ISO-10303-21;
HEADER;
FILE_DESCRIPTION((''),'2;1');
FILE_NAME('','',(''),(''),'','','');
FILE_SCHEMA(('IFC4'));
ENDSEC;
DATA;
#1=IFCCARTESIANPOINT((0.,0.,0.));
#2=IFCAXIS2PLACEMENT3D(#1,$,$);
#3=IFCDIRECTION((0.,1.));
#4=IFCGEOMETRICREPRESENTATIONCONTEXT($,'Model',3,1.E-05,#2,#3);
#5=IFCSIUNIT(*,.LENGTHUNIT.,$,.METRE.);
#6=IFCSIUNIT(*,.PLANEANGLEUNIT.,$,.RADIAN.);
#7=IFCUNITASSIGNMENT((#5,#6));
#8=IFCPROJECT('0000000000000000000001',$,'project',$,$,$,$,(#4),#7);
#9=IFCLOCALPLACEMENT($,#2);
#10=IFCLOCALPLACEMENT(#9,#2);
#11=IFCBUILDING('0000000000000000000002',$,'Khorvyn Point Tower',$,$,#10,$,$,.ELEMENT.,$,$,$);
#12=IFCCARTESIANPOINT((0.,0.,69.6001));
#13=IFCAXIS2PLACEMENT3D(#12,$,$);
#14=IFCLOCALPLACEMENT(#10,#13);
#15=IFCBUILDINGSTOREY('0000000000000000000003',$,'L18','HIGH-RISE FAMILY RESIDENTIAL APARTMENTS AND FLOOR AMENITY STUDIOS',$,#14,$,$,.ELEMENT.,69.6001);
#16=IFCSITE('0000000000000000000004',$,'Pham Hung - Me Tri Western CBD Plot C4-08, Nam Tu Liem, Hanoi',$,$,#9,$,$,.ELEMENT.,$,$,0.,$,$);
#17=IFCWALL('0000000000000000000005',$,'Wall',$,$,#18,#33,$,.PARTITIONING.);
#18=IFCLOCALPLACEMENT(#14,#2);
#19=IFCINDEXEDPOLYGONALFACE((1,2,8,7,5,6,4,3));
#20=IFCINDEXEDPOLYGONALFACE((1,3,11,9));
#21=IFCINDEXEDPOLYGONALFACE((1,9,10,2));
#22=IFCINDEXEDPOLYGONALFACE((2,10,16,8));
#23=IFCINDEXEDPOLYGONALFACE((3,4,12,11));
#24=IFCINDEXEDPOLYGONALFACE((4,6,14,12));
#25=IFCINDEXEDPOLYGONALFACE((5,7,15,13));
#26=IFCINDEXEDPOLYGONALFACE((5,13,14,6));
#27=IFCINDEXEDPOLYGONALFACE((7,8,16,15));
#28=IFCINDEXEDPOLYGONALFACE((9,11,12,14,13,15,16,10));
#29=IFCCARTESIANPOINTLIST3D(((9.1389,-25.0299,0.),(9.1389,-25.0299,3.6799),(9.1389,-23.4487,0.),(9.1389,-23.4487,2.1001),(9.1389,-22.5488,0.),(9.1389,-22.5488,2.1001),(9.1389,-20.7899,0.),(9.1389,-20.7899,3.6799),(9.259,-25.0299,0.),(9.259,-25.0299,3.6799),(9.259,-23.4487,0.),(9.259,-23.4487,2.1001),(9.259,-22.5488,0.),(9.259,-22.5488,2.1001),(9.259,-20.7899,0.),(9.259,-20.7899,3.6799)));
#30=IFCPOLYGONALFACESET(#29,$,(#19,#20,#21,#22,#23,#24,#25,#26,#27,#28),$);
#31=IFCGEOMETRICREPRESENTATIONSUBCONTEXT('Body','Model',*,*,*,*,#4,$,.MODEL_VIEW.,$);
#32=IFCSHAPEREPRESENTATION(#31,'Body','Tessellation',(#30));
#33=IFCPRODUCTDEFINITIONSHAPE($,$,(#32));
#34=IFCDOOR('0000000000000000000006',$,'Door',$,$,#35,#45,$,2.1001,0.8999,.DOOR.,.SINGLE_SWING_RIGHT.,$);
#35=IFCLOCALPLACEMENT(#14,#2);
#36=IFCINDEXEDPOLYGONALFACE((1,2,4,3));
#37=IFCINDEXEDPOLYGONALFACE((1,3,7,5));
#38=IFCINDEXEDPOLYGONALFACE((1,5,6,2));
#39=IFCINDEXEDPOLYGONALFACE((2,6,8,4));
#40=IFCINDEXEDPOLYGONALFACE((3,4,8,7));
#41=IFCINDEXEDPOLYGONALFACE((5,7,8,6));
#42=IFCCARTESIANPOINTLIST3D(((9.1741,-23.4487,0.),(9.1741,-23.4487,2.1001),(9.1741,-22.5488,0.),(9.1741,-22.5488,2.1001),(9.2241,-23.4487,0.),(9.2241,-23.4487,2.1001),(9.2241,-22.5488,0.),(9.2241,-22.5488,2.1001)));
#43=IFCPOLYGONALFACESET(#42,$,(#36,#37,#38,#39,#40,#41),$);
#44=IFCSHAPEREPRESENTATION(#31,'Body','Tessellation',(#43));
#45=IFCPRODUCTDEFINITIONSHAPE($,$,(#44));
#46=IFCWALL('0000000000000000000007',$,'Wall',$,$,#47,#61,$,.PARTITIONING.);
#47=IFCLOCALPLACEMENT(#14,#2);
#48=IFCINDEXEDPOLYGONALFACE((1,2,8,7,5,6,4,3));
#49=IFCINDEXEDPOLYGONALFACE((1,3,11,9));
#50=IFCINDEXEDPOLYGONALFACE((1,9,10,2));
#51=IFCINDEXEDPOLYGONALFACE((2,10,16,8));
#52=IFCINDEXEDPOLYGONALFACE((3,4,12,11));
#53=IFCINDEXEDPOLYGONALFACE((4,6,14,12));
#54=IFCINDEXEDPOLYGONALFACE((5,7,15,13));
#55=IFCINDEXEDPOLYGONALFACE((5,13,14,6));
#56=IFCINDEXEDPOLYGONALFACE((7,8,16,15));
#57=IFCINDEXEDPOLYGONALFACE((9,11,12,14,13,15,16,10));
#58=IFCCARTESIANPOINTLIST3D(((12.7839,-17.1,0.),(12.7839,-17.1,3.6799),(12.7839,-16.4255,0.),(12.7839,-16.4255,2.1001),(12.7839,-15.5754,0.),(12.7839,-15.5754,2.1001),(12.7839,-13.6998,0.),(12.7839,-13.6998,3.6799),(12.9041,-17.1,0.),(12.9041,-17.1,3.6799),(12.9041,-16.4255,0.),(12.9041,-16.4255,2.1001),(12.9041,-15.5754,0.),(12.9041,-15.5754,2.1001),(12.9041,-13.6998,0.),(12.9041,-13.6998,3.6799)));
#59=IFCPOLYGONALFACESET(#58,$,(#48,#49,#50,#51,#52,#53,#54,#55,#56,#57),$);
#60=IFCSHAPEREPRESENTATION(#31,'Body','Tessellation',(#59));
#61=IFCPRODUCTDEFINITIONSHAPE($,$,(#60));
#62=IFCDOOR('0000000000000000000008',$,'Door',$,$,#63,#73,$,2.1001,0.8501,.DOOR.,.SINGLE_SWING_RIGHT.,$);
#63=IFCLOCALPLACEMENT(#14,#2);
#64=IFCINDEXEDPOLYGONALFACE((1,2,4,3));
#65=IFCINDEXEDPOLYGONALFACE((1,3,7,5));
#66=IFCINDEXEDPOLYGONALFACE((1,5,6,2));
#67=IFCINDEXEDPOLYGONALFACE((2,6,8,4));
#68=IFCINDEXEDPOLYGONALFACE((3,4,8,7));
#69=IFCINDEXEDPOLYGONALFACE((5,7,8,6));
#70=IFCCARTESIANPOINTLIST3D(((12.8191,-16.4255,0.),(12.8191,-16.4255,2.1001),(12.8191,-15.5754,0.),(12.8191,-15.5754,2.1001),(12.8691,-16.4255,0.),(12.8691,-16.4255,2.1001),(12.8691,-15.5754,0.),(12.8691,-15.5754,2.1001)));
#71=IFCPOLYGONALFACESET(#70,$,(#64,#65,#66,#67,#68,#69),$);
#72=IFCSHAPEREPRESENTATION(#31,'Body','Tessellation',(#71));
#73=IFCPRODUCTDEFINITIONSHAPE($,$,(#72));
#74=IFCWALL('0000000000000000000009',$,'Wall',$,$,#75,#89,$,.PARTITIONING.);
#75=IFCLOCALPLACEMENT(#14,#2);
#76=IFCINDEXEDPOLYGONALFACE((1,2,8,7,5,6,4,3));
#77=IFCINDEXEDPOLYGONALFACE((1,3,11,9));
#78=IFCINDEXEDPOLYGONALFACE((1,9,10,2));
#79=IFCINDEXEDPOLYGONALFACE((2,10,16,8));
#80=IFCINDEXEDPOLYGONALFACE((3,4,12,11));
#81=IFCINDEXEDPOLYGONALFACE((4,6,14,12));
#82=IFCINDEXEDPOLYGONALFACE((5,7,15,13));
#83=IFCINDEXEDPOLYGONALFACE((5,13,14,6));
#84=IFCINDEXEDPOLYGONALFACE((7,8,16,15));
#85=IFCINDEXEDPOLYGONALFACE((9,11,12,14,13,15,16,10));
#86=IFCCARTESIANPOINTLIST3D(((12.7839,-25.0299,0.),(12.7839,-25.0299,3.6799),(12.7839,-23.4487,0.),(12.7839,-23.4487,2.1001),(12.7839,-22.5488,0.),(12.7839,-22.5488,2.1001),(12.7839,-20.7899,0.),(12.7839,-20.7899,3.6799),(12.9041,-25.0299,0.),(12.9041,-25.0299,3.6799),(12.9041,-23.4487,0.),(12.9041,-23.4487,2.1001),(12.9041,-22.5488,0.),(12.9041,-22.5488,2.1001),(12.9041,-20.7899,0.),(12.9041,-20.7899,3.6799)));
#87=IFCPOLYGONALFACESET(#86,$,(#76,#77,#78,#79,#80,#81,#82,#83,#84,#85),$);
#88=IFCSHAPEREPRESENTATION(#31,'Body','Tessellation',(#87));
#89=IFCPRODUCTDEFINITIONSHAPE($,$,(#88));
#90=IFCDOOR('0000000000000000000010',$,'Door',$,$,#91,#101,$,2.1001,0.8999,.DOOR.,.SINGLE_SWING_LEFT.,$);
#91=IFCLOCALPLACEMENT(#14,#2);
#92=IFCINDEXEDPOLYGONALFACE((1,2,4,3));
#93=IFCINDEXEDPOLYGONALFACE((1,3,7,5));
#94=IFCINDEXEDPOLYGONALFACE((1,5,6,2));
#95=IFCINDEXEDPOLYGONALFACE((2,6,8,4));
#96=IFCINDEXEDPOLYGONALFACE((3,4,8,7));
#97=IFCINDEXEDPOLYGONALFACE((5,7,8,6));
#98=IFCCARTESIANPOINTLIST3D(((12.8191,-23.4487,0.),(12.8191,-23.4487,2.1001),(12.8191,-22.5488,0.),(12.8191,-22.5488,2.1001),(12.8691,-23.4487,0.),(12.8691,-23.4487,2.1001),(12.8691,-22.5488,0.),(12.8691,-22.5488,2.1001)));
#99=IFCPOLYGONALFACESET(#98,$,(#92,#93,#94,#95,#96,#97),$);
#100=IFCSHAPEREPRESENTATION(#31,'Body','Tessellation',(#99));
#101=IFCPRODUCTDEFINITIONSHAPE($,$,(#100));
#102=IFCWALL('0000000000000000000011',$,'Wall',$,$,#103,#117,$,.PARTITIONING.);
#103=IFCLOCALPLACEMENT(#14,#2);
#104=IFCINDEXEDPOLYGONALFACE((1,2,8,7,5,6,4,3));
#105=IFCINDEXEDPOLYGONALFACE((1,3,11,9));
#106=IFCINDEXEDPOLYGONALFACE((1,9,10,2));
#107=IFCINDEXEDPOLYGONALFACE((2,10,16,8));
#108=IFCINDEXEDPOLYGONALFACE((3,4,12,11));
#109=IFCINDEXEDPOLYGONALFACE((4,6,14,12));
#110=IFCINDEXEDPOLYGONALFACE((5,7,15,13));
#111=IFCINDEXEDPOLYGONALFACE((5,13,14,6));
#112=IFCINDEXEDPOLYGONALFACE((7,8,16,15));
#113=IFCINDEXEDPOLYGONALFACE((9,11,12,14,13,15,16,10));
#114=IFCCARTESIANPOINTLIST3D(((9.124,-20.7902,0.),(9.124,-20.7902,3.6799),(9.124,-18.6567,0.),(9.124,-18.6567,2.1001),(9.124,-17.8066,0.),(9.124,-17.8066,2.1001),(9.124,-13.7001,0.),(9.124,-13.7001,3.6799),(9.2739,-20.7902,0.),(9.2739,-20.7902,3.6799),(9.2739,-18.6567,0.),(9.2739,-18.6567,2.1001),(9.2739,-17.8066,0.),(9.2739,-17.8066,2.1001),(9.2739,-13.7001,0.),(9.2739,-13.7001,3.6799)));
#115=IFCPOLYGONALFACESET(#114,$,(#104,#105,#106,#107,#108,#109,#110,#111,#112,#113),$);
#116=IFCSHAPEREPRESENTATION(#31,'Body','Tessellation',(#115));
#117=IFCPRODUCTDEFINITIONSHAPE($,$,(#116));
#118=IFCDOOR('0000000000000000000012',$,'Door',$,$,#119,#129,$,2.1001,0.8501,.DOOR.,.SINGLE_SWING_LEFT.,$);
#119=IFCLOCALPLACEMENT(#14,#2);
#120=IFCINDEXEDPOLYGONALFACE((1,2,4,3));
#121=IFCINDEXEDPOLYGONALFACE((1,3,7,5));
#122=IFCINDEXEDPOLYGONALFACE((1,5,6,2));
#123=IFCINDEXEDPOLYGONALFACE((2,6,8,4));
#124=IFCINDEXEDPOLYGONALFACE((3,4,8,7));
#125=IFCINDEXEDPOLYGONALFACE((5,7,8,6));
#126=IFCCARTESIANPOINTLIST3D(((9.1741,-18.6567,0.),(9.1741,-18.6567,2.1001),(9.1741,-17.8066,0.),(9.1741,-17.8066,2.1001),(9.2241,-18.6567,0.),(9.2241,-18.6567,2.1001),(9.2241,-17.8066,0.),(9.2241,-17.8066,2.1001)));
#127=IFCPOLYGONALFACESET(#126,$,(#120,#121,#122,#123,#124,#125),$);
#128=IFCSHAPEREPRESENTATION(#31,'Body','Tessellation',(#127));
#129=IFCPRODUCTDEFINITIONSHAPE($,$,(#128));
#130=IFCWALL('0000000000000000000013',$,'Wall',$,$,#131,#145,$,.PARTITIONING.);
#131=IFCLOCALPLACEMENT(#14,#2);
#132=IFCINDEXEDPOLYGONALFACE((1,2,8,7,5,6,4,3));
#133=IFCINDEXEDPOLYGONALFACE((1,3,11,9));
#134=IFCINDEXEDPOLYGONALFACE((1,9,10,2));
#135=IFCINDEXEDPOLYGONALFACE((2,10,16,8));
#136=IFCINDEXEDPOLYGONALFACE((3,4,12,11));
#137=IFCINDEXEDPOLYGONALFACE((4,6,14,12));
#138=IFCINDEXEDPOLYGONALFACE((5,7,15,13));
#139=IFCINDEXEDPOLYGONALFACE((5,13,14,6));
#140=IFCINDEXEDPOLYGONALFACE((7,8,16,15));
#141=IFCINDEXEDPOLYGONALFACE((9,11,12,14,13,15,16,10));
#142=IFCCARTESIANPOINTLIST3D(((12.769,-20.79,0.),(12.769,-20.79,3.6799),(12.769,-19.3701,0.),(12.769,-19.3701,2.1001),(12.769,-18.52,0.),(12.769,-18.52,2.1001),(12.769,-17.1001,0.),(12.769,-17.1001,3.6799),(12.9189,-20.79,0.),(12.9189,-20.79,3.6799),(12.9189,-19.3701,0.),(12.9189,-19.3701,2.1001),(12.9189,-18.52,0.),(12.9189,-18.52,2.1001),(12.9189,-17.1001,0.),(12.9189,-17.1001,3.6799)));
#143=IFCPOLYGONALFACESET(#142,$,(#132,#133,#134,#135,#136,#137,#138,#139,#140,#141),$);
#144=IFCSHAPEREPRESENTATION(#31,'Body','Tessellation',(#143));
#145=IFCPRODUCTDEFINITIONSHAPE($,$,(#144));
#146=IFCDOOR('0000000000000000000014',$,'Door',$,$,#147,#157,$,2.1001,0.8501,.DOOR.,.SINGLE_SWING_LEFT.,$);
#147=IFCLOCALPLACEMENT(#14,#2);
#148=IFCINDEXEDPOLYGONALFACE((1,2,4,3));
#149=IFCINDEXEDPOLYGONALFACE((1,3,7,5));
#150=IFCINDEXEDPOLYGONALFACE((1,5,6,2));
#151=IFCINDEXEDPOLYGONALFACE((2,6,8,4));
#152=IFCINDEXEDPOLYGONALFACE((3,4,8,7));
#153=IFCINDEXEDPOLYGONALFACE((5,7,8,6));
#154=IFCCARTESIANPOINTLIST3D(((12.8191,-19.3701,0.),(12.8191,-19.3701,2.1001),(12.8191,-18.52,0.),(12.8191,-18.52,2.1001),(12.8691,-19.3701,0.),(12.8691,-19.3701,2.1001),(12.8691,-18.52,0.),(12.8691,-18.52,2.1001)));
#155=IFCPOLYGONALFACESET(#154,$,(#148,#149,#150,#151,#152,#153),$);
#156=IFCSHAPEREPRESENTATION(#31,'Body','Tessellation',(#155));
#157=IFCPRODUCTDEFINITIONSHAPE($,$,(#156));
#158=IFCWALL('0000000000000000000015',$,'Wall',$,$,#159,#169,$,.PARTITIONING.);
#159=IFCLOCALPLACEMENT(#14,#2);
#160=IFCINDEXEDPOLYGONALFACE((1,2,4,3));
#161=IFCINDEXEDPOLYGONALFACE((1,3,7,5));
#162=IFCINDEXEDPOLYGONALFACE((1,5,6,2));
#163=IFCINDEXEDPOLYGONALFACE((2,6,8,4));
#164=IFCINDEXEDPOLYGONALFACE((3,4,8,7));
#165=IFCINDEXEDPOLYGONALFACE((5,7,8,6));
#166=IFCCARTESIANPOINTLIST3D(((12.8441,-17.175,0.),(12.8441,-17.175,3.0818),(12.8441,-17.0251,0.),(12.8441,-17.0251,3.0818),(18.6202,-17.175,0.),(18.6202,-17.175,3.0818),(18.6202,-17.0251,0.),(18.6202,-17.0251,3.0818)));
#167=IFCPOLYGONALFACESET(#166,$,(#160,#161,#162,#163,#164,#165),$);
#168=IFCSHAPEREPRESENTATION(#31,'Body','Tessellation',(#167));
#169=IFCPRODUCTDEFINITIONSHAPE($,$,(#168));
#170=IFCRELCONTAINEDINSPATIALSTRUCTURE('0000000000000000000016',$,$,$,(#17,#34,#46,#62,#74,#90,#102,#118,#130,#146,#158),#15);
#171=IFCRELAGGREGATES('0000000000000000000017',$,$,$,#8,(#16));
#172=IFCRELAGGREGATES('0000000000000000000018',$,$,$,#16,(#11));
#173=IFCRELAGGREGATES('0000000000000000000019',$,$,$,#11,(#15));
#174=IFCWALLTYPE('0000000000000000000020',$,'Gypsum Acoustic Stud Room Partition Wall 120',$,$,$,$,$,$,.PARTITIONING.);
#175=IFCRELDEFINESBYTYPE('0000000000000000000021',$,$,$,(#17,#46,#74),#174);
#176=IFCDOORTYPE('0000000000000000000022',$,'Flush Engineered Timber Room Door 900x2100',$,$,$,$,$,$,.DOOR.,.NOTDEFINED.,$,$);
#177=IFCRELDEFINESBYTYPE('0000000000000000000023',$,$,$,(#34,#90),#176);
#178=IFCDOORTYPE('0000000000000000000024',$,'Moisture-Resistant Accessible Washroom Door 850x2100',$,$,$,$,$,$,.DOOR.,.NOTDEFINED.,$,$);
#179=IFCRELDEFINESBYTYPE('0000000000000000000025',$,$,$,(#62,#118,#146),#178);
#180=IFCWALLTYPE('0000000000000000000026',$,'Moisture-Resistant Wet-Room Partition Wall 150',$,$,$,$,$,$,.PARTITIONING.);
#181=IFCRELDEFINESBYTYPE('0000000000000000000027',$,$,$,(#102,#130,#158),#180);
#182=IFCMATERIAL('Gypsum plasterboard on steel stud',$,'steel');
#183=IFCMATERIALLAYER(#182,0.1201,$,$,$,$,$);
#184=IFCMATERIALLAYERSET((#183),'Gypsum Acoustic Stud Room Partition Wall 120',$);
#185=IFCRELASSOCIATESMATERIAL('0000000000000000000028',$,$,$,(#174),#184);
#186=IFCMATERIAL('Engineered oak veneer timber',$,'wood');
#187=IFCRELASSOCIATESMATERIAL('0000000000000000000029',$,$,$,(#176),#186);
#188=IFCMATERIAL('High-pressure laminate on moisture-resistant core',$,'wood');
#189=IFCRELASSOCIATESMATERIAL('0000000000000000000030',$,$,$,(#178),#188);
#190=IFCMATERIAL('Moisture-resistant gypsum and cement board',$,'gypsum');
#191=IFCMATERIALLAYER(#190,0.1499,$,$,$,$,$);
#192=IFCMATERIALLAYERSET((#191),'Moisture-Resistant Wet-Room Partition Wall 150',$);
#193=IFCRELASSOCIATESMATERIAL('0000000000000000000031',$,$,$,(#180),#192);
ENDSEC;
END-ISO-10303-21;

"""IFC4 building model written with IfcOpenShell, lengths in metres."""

from ifc_helpers import new_model, si_unit, direction, frame, frame_2d, origin, place, context, subcontext, project, spatial, rectangle, extrude, material, layer, layer_set, type_object, element, fill, save


model = new_model("IFC4")

# Units and contexts
model_context = context("Model", 3, precision=1e-05, world=origin(), true_north=direction((0.0, 1.0)))
body_context = subcontext(model_context, "Body", "Model", "MODEL_VIEW")
ifc_project = project(units=[si_unit("LENGTHUNIT", "METRE"), si_unit("PLANEANGLEUNIT", "RADIAN")], contexts=[model_context])

# Site, building, storey
site_placement = place(None, origin())
site = spatial("IfcSite", under=ifc_project, at=site_placement, Name="Pham Hung - Me Tri Western CBD Plot C4-08, Nam Tu Liem, Hanoi", CompositionType="ELEMENT", RefElevation=0.0)
building_placement = place(site_placement, origin())
building = spatial("IfcBuilding", under=site, at=building_placement, Name="Khorvyn Point Tower", CompositionType="ELEMENT")
storey_placement = place(building_placement, frame((0.0, 0.0, 69.6001)))
storey = spatial("IfcBuildingStorey", under=building, at=storey_placement, Name="L18", Description="HIGH-RISE FAMILY RESIDENTIAL APARTMENTS AND FLOOR AMENITY STUDIOS", CompositionType="ELEMENT", Elevation=69.6001)

# Walls, openings, doors
ifc_material_1 = material(Name="Gypsum plasterboard on steel stud", Category="steel")
ifc_layer_1 = layer(ifc_material_1, 0.1201)
ifc_layer_set_1 = layer_set([ifc_layer_1], Name="Gypsum Acoustic Stud Room Partition Wall 120")
wall_type_1 = type_object("IfcWallType", Name="Gypsum Acoustic Stud Room Partition Wall 120", PredefinedType="PARTITIONING", material=ifc_layer_set_1)
wall_1_placement = place(storey_placement, frame((9.199, -25.03, 0.0), z_axis=(0.0, 0.0, 1.0), x_axis=(0.0, 1.0, 0.0)))
wall_1 = element("IfcWall", 1, at=wall_1_placement, inside=storey, type_object=wall_type_1, Name="Wall", PredefinedType="PARTITIONING", context=body_context, shape_type="SweptSolid", body=[
    extrude(rectangle(XDim=4.24, YDim=0.1201, at=frame_2d((2.1201, 0.0))), origin(), (0.0, 0.0, 1.0), 3.6799),
])
opening_1_placement = place(wall_1_placement, frame((1.5813, 0.0, 0.0)))
opening_1 = element("IfcOpeningElement", 2, at=opening_1_placement, cuts=wall_1, PredefinedType="OPENING", context=body_context, shape_type="SweptSolid", body=[
    extrude(rectangle(XDim=0.8999, YDim=2.1001, at=frame_2d((0.45, 1.05))), frame((0.0, 0.0701, 0.0), z_axis=(0.0, -1.0, 0.0), x_axis=(1.0, 0.0, 0.0)), (0.0, 0.0, 1.0), 0.1401),
])
ifc_material_2 = material(Name="Engineered oak veneer timber", Category="wood")
door_type_1 = type_object("IfcDoorType", Name="Flush Engineered Timber Room Door 900x2100", OperationType="NOTDEFINED", PredefinedType="DOOR", material=ifc_material_2)
door_1_placement = place(opening_1_placement, origin())
door_1 = element("IfcDoor", 3, at=door_1_placement, inside=storey, type_object=door_type_1, Name="Door", OperationType="SINGLE_SWING_RIGHT", OverallHeight=2.1001, OverallWidth=0.8999, PredefinedType="DOOR", context=body_context, shape_type="SweptSolid", body=[
    extrude(rectangle(XDim=0.8999, YDim=2.1001, at=frame_2d((0.45, 1.05))), frame((0.0, 0.0249, 0.0), z_axis=(0.0, -1.0, 0.0), x_axis=(1.0, 0.0, 0.0)), (0.0, 0.0, 1.0), 0.05),
])
fill(opening_1, door_1)
wall_2_placement = place(storey_placement, frame((12.844, -17.1001, 0.0), z_axis=(0.0, 0.0, 1.0), x_axis=(0.0, 1.0, 0.0)))
wall_2 = element("IfcWall", 4, at=wall_2_placement, inside=storey, type_object=wall_type_1, Name="Wall", PredefinedType="PARTITIONING", context=body_context, shape_type="SweptSolid", body=[
    extrude(rectangle(XDim=3.4001, YDim=0.1201, at=frame_2d((1.7002, 0.0))), origin(), (0.0, 0.0, 1.0), 3.6799),
])
opening_2_placement = place(wall_2_placement, frame((0.6746, 0.0, 0.0)))
opening_2 = element("IfcOpeningElement", 5, at=opening_2_placement, cuts=wall_2, PredefinedType="OPENING", context=body_context, shape_type="SweptSolid", body=[
    extrude(rectangle(XDim=0.8501, YDim=2.1001, at=frame_2d((0.425, 1.05))), frame((0.0, 0.0701, 0.0), z_axis=(0.0, -1.0, 0.0), x_axis=(1.0, 0.0, 0.0)), (0.0, 0.0, 1.0), 0.1401),
])
ifc_material_3 = material(Name="High-pressure laminate on moisture-resistant core", Category="wood")
door_type_2 = type_object("IfcDoorType", Name="Moisture-Resistant Accessible Washroom Door 850x2100", OperationType="NOTDEFINED", PredefinedType="DOOR", material=ifc_material_3)
door_2_placement = place(opening_2_placement, origin())
door_2 = element("IfcDoor", 6, at=door_2_placement, inside=storey, type_object=door_type_2, Name="Door", OperationType="SINGLE_SWING_RIGHT", OverallHeight=2.1001, OverallWidth=0.8501, PredefinedType="DOOR", context=body_context, shape_type="SweptSolid", body=[
    extrude(rectangle(XDim=0.8501, YDim=2.1001, at=frame_2d((0.425, 1.05))), frame((0.0, 0.0249, 0.0), z_axis=(0.0, -1.0, 0.0), x_axis=(1.0, 0.0, 0.0)), (0.0, 0.0, 1.0), 0.05),
])
fill(opening_2, door_2)
wall_3_placement = place(storey_placement, frame((12.844, -25.03, 0.0), z_axis=(0.0, 0.0, 1.0), x_axis=(0.0, 1.0, 0.0)))
wall_3 = element("IfcWall", 7, at=wall_3_placement, inside=storey, type_object=wall_type_1, Name="Wall", PredefinedType="PARTITIONING", context=body_context, shape_type="SweptSolid", body=[
    extrude(rectangle(XDim=4.24, YDim=0.1201, at=frame_2d((2.1201, 0.0))), origin(), (0.0, 0.0, 1.0), 3.6799),
])
opening_3_placement = place(wall_3_placement, frame((1.5813, 0.0, 0.0)))
opening_3 = element("IfcOpeningElement", 8, at=opening_3_placement, cuts=wall_3, PredefinedType="OPENING", context=body_context, shape_type="SweptSolid", body=[
    extrude(rectangle(XDim=0.8999, YDim=2.1001, at=frame_2d((0.45, 1.05))), frame((0.0, 0.0701, 0.0), z_axis=(0.0, -1.0, 0.0), x_axis=(1.0, 0.0, 0.0)), (0.0, 0.0, 1.0), 0.1401),
])
door_3_placement = place(opening_3_placement, origin())
door_3 = element("IfcDoor", 9, at=door_3_placement, inside=storey, type_object=door_type_1, Name="Door", OperationType="SINGLE_SWING_LEFT", OverallHeight=2.1001, OverallWidth=0.8999, PredefinedType="DOOR", context=body_context, shape_type="SweptSolid", body=[
    extrude(rectangle(XDim=0.8999, YDim=2.1001, at=frame_2d((0.45, 1.05))), frame((0.0, 0.0249, 0.0), z_axis=(0.0, -1.0, 0.0), x_axis=(1.0, 0.0, 0.0)), (0.0, 0.0, 1.0), 0.05),
])
fill(opening_3, door_3)
ifc_material_4 = material(Name="Moisture-resistant gypsum and cement board", Category="gypsum")
ifc_layer_2 = layer(ifc_material_4, 0.1499)
ifc_layer_set_2 = layer_set([ifc_layer_2], Name="Moisture-Resistant Wet-Room Partition Wall 150")
wall_type_2 = type_object("IfcWallType", Name="Moisture-Resistant Wet-Room Partition Wall 150", PredefinedType="PARTITIONING", material=ifc_layer_set_2)
wall_4_placement = place(storey_placement, frame((9.199, -20.79, 0.0), z_axis=(0.0, 0.0, 1.0), x_axis=(0.0, 1.0, 0.0)))
wall_4 = element("IfcWall", 10, at=wall_4_placement, inside=storey, type_object=wall_type_2, Name="Wall", PredefinedType="PARTITIONING", context=body_context, shape_type="SweptSolid", body=[
    extrude(rectangle(XDim=7.0901, YDim=0.1499, at=frame_2d((3.5449, 0.0))), origin(), (0.0, 0.0, 1.0), 3.6799),
])
opening_4_placement = place(wall_4_placement, frame((2.1333, 0.0, 0.0)))
opening_4 = element("IfcOpeningElement", 11, at=opening_4_placement, cuts=wall_4, PredefinedType="OPENING", context=body_context, shape_type="SweptSolid", body=[
    extrude(rectangle(XDim=0.8501, YDim=2.1001, at=frame_2d((0.425, 1.05))), frame((0.0, 0.085, 0.0), z_axis=(0.0, -1.0, 0.0), x_axis=(1.0, 0.0, 0.0)), (0.0, 0.0, 1.0), 0.1699),
])
door_4_placement = place(opening_4_placement, origin())
door_4 = element("IfcDoor", 12, at=door_4_placement, inside=storey, type_object=door_type_2, Name="Door", OperationType="SINGLE_SWING_LEFT", OverallHeight=2.1001, OverallWidth=0.8501, PredefinedType="DOOR", context=body_context, shape_type="SweptSolid", body=[
    extrude(rectangle(XDim=0.8501, YDim=2.1001, at=frame_2d((0.425, 1.05))), frame((0.0, 0.0249, 0.0), z_axis=(0.0, -1.0, 0.0), x_axis=(1.0, 0.0, 0.0)), (0.0, 0.0, 1.0), 0.05),
])
fill(opening_4, door_4)
wall_5_placement = place(storey_placement, frame((12.844, -20.79, 0.0), z_axis=(0.0, 0.0, 1.0), x_axis=(0.0, 1.0, 0.0)))
wall_5 = element("IfcWall", 13, at=wall_5_placement, inside=storey, type_object=wall_type_2, Name="Wall", PredefinedType="PARTITIONING", context=body_context, shape_type="SweptSolid", body=[
    extrude(rectangle(XDim=3.6899, YDim=0.1499, at=frame_2d((1.845, 0.0))), origin(), (0.0, 0.0, 1.0), 3.6799),
])
opening_5_placement = place(wall_5_placement, frame((1.4199, 0.0, 0.0)))
opening_5 = element("IfcOpeningElement", 14, at=opening_5_placement, cuts=wall_5, PredefinedType="OPENING", context=body_context, shape_type="SweptSolid", body=[
    extrude(rectangle(XDim=0.8501, YDim=2.1001, at=frame_2d((0.425, 1.05))), frame((0.0, 0.085, 0.0), z_axis=(0.0, -1.0, 0.0), x_axis=(1.0, 0.0, 0.0)), (0.0, 0.0, 1.0), 0.1699),
])
door_5_placement = place(opening_5_placement, origin())
door_5 = element("IfcDoor", 15, at=door_5_placement, inside=storey, type_object=door_type_2, Name="Door", OperationType="SINGLE_SWING_LEFT", OverallHeight=2.1001, OverallWidth=0.8501, PredefinedType="DOOR", context=body_context, shape_type="SweptSolid", body=[
    extrude(rectangle(XDim=0.8501, YDim=2.1001, at=frame_2d((0.425, 1.05))), frame((0.0, 0.0249, 0.0), z_axis=(0.0, -1.0, 0.0), x_axis=(1.0, 0.0, 0.0)), (0.0, 0.0, 1.0), 0.05),
])
fill(opening_5, door_5)

# Wall
wall_6_placement = place(storey_placement, frame((12.844, -17.1001, 0.0), z_axis=(0.0, 0.0, 1.0), x_axis=(1.0, 0.0, 0.0)))
element("IfcWall", 16, at=wall_6_placement, inside=storey, type_object=wall_type_2, Name="Wall", PredefinedType="PARTITIONING", context=body_context, shape_type="SweptSolid", body=[
    extrude(rectangle(XDim=5.7761, YDim=0.1499, at=frame_2d((2.8882, 0.0))), origin(), (0.0, 0.0, 1.0), 3.0818),
])

save(model, "model.ifc")
